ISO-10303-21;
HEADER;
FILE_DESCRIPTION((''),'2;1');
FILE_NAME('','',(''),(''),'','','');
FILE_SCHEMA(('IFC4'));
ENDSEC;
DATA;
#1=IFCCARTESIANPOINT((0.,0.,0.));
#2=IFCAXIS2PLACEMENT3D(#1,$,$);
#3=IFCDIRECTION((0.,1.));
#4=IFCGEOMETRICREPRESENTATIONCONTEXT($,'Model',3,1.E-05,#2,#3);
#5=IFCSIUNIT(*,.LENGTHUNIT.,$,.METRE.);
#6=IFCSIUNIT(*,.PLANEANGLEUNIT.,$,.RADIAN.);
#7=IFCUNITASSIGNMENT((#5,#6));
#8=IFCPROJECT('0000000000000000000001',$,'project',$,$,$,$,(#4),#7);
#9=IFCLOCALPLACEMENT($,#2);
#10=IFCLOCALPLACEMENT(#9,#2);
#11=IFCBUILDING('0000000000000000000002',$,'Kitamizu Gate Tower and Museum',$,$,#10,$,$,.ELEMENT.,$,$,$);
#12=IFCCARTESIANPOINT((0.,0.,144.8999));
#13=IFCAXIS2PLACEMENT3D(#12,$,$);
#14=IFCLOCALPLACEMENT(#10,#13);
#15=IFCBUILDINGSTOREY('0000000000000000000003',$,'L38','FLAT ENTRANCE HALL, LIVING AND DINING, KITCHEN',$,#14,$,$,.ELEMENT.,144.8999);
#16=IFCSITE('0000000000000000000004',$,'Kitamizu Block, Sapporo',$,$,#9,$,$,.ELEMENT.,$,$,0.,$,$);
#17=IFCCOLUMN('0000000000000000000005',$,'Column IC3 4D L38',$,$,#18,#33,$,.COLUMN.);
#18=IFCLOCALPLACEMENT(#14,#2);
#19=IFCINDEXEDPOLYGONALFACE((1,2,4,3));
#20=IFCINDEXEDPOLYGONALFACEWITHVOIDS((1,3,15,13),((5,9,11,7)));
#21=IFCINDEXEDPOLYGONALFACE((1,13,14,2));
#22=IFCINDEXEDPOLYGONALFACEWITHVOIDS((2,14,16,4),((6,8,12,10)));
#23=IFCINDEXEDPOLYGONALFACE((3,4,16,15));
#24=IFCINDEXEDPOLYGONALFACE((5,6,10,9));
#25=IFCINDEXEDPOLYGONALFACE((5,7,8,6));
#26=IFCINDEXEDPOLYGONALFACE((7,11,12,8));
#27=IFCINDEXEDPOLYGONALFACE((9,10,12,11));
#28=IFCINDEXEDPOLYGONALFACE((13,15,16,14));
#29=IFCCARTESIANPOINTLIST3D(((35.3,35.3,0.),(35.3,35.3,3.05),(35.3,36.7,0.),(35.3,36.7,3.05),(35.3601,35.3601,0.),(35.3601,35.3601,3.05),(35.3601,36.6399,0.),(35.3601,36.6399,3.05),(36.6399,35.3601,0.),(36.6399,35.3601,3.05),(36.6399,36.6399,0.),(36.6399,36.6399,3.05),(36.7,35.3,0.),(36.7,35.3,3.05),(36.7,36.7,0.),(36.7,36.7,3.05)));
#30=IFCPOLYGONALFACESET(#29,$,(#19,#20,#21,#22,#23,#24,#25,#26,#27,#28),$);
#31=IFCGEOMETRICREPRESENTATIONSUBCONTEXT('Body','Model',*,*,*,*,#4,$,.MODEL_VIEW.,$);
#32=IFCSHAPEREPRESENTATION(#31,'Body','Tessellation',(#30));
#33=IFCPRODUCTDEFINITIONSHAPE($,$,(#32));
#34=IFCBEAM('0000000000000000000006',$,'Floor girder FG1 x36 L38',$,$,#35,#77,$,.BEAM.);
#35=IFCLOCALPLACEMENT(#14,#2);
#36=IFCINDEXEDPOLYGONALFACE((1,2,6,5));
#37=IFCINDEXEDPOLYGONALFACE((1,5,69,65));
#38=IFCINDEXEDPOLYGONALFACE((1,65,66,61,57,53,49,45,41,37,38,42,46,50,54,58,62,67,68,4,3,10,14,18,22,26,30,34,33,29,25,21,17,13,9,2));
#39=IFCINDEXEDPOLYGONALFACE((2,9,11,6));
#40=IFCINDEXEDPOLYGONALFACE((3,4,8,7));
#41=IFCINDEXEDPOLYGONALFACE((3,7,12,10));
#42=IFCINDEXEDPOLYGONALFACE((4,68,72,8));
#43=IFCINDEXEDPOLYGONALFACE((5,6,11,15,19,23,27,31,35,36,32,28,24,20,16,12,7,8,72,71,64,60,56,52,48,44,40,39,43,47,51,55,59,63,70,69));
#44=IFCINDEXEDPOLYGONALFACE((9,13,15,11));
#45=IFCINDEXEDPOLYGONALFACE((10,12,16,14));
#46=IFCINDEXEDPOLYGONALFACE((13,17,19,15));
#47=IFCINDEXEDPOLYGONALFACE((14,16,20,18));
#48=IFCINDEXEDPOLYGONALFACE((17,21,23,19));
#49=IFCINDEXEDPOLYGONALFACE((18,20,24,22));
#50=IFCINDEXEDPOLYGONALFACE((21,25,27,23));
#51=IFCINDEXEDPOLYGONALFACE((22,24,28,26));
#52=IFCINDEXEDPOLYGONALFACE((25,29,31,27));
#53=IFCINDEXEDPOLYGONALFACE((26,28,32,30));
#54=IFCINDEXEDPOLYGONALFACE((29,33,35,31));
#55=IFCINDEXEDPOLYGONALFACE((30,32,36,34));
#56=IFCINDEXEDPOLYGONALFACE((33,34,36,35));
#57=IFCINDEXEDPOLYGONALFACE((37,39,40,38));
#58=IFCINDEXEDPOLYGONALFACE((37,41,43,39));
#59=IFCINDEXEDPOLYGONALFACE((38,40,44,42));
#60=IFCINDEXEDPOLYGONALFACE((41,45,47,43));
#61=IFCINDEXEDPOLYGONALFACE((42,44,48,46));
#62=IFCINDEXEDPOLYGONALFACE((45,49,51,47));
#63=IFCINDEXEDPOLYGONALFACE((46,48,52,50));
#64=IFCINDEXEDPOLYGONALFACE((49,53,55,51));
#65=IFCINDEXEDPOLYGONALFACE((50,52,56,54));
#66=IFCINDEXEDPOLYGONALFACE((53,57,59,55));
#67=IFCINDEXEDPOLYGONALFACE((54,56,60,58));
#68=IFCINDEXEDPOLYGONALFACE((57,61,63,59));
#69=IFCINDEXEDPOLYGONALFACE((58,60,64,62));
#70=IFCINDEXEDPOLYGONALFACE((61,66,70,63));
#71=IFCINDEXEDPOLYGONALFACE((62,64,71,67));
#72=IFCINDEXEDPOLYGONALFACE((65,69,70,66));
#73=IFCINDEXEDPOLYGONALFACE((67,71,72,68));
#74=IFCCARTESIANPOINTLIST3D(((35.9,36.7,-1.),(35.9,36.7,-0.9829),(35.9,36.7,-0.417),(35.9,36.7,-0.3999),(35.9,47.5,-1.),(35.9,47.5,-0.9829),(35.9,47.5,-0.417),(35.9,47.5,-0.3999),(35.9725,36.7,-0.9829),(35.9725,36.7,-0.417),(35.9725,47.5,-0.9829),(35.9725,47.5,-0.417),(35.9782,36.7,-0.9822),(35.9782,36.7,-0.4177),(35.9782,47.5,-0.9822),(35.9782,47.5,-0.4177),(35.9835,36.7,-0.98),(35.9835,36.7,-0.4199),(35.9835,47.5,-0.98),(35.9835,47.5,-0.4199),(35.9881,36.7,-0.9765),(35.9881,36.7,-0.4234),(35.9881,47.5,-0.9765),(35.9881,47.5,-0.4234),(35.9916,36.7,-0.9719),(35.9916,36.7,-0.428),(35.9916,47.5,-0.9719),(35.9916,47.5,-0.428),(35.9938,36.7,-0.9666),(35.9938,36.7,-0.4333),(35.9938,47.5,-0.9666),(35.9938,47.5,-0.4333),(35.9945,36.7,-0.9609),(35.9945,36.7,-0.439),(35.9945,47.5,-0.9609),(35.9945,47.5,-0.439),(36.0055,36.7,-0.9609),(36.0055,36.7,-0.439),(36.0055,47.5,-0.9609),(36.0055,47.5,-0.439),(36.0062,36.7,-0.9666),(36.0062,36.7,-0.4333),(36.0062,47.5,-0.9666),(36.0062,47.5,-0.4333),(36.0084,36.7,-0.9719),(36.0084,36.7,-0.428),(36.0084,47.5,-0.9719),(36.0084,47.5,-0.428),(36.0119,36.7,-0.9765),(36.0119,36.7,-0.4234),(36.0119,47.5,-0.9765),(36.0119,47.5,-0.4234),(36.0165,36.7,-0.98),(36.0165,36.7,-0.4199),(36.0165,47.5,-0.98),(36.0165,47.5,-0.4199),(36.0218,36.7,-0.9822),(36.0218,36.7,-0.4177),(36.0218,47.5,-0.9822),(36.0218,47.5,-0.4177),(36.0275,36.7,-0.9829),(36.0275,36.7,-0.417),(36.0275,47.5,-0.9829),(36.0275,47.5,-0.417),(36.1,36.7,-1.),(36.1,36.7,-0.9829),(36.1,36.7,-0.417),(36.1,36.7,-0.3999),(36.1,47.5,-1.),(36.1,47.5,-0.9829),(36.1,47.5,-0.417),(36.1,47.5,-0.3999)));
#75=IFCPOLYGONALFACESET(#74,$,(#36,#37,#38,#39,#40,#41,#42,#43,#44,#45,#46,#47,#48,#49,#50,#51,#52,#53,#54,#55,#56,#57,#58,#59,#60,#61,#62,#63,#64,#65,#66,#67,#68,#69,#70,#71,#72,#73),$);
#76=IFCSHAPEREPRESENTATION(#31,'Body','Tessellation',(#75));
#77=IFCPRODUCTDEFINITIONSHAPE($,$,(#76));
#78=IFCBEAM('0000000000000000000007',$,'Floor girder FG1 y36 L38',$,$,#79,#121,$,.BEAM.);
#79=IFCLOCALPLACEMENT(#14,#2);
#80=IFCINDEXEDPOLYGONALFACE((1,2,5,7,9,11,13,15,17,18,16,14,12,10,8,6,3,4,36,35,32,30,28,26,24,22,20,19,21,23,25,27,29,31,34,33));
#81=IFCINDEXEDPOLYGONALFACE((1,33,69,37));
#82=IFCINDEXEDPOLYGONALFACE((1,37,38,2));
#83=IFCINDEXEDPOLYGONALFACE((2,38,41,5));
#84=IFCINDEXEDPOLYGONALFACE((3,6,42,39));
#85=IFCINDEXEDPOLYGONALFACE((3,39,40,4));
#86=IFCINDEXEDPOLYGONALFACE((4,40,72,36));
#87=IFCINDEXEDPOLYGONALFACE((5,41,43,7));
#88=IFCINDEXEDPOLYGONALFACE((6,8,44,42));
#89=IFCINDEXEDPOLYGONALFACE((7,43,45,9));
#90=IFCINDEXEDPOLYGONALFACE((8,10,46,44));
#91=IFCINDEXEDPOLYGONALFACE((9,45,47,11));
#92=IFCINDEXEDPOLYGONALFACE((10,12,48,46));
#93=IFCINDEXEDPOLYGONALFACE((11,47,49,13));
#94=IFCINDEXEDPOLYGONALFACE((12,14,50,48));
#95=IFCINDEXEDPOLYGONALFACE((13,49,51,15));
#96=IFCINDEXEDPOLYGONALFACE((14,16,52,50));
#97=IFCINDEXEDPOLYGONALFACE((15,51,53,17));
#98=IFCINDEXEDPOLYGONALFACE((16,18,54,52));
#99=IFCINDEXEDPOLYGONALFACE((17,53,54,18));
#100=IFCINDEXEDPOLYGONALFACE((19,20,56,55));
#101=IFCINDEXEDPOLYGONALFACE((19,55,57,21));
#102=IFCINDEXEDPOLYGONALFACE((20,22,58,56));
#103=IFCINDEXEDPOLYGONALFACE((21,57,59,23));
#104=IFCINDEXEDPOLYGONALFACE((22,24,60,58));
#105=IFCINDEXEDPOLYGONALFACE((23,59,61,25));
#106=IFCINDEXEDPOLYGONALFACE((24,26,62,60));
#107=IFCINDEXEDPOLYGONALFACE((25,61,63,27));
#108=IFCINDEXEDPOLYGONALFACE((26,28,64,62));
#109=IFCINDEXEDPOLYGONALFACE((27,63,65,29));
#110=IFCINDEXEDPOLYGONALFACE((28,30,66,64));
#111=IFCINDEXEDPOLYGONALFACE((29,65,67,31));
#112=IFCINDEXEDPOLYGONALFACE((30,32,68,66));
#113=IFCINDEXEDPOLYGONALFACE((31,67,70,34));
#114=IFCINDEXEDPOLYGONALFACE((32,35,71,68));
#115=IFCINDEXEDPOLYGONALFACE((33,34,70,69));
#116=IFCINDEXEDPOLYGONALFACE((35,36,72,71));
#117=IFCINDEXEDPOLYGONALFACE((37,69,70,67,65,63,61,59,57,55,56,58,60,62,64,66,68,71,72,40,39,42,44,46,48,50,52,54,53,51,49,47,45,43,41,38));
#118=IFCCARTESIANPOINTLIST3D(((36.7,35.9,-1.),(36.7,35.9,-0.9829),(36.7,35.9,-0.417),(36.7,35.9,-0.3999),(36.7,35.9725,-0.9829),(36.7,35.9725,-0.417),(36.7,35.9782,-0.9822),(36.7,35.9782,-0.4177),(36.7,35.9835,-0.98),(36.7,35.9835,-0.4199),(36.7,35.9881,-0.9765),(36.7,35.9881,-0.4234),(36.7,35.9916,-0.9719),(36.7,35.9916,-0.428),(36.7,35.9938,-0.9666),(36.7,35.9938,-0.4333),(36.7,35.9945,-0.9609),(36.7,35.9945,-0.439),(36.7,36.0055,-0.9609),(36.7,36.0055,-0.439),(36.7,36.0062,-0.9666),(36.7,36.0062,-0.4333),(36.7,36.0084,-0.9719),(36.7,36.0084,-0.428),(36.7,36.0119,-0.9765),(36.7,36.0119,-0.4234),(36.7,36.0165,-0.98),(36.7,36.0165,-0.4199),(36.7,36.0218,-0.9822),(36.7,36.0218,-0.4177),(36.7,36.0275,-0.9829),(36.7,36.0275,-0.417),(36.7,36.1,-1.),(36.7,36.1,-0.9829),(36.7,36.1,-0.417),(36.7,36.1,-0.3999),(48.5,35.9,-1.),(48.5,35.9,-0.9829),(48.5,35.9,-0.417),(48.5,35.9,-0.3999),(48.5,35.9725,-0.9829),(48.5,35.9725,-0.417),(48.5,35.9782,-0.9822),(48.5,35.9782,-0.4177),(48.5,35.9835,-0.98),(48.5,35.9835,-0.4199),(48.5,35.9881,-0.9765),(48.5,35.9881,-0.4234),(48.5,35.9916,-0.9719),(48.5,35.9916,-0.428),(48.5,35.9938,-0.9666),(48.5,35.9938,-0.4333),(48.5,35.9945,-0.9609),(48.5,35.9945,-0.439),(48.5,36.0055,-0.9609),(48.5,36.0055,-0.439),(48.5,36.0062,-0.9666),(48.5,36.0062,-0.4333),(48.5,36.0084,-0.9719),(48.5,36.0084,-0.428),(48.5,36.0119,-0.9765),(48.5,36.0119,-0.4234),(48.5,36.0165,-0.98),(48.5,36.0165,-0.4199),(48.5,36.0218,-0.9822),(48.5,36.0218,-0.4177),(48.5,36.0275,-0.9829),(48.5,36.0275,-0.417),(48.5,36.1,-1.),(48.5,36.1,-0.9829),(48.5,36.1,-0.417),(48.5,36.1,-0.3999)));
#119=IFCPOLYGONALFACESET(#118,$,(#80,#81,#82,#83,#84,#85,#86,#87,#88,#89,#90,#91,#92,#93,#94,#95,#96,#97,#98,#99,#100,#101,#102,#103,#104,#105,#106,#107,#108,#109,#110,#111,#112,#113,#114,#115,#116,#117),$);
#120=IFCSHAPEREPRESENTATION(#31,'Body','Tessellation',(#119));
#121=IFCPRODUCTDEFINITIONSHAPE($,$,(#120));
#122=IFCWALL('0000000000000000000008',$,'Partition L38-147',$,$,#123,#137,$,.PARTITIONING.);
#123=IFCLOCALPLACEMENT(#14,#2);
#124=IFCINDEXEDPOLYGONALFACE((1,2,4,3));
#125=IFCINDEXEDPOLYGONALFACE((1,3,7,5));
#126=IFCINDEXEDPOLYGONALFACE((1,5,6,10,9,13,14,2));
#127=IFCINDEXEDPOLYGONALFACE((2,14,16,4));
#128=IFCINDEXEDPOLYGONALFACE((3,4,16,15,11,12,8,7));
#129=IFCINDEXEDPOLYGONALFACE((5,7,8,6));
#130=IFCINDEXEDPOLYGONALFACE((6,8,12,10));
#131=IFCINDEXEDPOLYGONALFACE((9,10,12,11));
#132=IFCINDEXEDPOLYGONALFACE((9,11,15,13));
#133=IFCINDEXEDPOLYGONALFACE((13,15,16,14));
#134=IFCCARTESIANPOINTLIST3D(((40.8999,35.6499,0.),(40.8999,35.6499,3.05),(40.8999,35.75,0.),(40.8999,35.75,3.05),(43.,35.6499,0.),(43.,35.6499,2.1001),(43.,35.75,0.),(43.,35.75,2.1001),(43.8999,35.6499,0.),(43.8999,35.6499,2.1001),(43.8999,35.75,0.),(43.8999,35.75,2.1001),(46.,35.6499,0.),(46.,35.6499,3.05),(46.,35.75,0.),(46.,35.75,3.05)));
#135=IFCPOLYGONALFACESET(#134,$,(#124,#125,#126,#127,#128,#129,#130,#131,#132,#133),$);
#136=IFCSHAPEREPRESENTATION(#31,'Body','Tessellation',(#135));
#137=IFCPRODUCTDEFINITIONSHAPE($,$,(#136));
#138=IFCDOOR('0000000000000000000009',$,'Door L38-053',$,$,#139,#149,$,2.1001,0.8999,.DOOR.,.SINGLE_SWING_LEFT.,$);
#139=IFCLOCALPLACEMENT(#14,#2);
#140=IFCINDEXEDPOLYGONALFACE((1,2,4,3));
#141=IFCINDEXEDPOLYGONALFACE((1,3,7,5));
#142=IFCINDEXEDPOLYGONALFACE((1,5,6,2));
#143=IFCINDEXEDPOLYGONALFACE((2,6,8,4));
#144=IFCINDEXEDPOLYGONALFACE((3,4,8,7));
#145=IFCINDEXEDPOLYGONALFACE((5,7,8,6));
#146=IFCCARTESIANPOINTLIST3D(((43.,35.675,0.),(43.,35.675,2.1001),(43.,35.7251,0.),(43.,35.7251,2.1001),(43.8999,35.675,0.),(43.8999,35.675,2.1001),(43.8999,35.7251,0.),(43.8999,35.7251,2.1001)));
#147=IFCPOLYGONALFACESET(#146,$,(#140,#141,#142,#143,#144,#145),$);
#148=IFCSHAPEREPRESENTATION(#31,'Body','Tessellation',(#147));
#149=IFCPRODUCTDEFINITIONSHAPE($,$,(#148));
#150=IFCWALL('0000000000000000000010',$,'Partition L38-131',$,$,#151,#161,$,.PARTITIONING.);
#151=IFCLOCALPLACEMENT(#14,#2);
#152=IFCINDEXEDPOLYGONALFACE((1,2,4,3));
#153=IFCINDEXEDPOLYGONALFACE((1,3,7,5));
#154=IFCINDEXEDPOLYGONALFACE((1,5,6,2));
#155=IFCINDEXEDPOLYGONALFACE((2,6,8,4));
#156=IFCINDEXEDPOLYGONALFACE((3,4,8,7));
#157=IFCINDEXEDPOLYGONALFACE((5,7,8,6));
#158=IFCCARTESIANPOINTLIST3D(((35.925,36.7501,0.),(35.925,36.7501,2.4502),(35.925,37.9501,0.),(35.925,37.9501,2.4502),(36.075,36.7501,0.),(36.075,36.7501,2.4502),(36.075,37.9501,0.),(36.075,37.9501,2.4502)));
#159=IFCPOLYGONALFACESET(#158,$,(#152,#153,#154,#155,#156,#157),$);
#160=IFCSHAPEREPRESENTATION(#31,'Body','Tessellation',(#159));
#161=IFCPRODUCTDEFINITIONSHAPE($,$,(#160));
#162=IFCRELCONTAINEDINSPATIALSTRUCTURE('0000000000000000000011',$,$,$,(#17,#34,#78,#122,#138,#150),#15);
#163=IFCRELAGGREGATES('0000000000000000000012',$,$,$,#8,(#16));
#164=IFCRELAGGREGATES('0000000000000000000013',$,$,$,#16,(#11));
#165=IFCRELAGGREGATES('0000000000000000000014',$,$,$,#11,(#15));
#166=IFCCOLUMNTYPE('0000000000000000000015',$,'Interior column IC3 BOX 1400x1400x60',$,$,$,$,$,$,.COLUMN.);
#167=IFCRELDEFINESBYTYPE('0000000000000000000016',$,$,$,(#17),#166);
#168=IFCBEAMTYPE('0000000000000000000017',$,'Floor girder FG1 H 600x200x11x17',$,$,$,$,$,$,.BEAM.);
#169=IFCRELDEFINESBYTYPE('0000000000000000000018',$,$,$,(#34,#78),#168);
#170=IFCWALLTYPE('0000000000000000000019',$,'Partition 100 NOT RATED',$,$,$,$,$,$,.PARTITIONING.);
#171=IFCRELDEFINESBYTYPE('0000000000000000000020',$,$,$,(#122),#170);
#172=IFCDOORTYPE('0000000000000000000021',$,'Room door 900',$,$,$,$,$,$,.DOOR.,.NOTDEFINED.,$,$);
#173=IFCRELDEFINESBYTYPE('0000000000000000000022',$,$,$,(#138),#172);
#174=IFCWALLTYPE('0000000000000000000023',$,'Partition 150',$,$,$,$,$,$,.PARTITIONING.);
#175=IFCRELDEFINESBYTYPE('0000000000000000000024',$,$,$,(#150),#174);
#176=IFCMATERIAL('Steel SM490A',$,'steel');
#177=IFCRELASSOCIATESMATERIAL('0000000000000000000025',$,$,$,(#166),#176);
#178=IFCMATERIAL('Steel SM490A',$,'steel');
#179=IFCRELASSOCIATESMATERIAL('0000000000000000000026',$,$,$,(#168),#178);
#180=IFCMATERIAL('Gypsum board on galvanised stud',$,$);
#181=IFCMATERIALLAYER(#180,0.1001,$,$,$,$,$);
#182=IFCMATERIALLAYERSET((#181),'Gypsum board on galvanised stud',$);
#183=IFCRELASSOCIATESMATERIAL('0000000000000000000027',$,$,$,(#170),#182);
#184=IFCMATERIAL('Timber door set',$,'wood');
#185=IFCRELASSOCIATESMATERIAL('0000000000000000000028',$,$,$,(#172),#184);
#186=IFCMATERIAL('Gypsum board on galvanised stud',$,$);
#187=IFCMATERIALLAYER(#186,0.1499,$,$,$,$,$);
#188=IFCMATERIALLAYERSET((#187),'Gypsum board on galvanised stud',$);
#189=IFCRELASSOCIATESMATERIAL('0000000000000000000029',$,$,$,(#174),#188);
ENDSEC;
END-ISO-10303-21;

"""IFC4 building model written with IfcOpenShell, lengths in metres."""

from ifc_helpers import new_model, si_unit, direction, frame, frame_2d, origin, origin_2d, place, context, subcontext, project, spatial, rectangle, hollow_rectangle, i_section, extrude, material, layer, layer_set, material_profile, profile_set, type_object, element, fill, save


model = new_model("IFC4")

# Units and contexts
model_context = context("Model", 3, precision=1e-05, world=origin(), true_north=direction((0.0, 1.0)))
body_context = subcontext(model_context, "Body", "Model", "MODEL_VIEW")
ifc_project = project(units=[si_unit("LENGTHUNIT", "METRE"), si_unit("PLANEANGLEUNIT", "RADIAN")], contexts=[model_context])

# Site, building, storey
site_placement = place(None, origin())
site = spatial("IfcSite", under=ifc_project, at=site_placement, Name="Kitamizu Block, Sapporo", CompositionType="ELEMENT", RefElevation=0.0)
building_placement = place(site_placement, origin())
building = spatial("IfcBuilding", under=site, at=building_placement, Name="Kitamizu Gate Tower and Museum", CompositionType="ELEMENT")
storey_placement = place(building_placement, frame((0.0, 0.0, 144.8999)))
storey = spatial("IfcBuildingStorey", under=building, at=storey_placement, Name="L38", Description="FLAT ENTRANCE HALL, LIVING AND DINING, KITCHEN", CompositionType="ELEMENT", Elevation=144.8999)

# Column
ifc_material_1 = material(Name="Steel SM490A", Category="steel")
ifc_material_profile_1 = material_profile(ifc_material_1, hollow_rectangle(XDim=1.3999, YDim=1.3999, WallThickness=0.0601, at=origin_2d()), Name="BOX 1400x1400x60")
ifc_profile_set_1 = profile_set([ifc_material_profile_1], Name="Steel SM490A")
column_type = type_object("IfcColumnType", Name="Interior column IC3 BOX 1400x1400x60", PredefinedType="COLUMN", material=ifc_profile_set_1)
column_placement = place(storey_placement, frame((36.0, 36.0, 0.0), z_axis=(0.0, 0.0, 1.0), x_axis=(1.0, 0.0, 0.0)))
element("IfcColumn", 1, at=column_placement, inside=storey, type_object=column_type, Name="Column IC3 4D L38", PredefinedType="COLUMN", context=body_context, shape_type="SweptSolid", body=[
    extrude(hollow_rectangle(XDim=1.3999, YDim=1.3999, WallThickness=0.0601, at=origin_2d()), origin(), (0.0, 0.0, 1.0), 3.05),
])

# Beams
ifc_material_2 = material(Name="Steel SM490A", Category="steel")
ifc_material_profile_2 = material_profile(ifc_material_2, i_section(OverallWidth=0.2, OverallDepth=0.6001, WebThickness=0.011, FlangeThickness=0.0171, FilletRadius=0.022, at=origin_2d()), Name="H-600x200x11x17")
ifc_profile_set_2 = profile_set([ifc_material_profile_2], Name="Steel SM490A")
beam_type = type_object("IfcBeamType", Name="Floor girder FG1 H 600x200x11x17", PredefinedType="BEAM", material=ifc_profile_set_2)
beam_1_placement = place(storey_placement, frame((36.0, 36.7, -0.7), z_axis=(0.0, 1.0, 0.0), x_axis=(-1.0, 0.0, 0.0)))
element("IfcBeam", 2, at=beam_1_placement, inside=storey, type_object=beam_type, Name="Floor girder FG1 x36 L38", PredefinedType="BEAM", context=body_context, shape_type="SweptSolid", body=[
    extrude(i_section(OverallWidth=0.2, OverallDepth=0.6001, WebThickness=0.011, FlangeThickness=0.0171, FilletRadius=0.022, at=origin_2d()), origin(), (0.0, 0.0, 1.0), 10.8),
])
beam_2_placement = place(storey_placement, frame((36.7, 36.0, -0.7), z_axis=(1.0, 0.0, 0.0), x_axis=(0.0, 1.0, 0.0)))
element("IfcBeam", 3, at=beam_2_placement, inside=storey, type_object=beam_type, Name="Floor girder FG1 y36 L38", PredefinedType="BEAM", context=body_context, shape_type="SweptSolid", body=[
    extrude(i_section(OverallWidth=0.2, OverallDepth=0.6001, WebThickness=0.011, FlangeThickness=0.0171, FilletRadius=0.022, at=origin_2d()), origin(), (0.0, 0.0, 1.0), 11.8),
])

# Wall, opening, door
ifc_material_3 = material(Name="Gypsum board on galvanised stud")
ifc_layer_1 = layer(ifc_material_3, 0.1001)
ifc_layer_set_1 = layer_set([ifc_layer_1], Name="Gypsum board on galvanised stud")
wall_type_1 = type_object("IfcWallType", Name="Partition 100 NOT RATED", PredefinedType="PARTITIONING", material=ifc_layer_set_1)
wall_1_placement = place(storey_placement, frame((40.8999, 35.7, 0.0), z_axis=(0.0, 0.0, 1.0), x_axis=(1.0, 0.0, 0.0)))
wall_1 = element("IfcWall", 4, at=wall_1_placement, inside=storey, type_object=wall_type_1, Name="Partition L38-147", PredefinedType="PARTITIONING", context=body_context, shape_type="SweptSolid", body=[
    extrude(rectangle(XDim=5.1001, YDim=0.1001, at=frame_2d((2.55, 0.0))), origin(), (0.0, 0.0, 1.0), 3.05),
])
opening_1_placement = place(wall_1_placement, frame((2.1001, 0.0, 0.0)))
opening_1 = element("IfcOpeningElement", 5, at=opening_1_placement, cuts=wall_1, PredefinedType="OPENING", context=body_context, shape_type="SweptSolid", body=[
    extrude(rectangle(XDim=0.8999, YDim=2.1001, at=frame_2d((0.45, 1.05))), frame((0.0, 0.0601, 0.0), z_axis=(0.0, -1.0, 0.0), x_axis=(1.0, 0.0, 0.0)), (0.0, 0.0, 1.0), 0.1201),
])
ifc_material_4 = material(Name="Timber door set", Category="wood")
door_type_1 = type_object("IfcDoorType", Name="Room door 900", OperationType="NOTDEFINED", PredefinedType="DOOR", material=ifc_material_4)
door_1_placement = place(opening_1_placement, frame((0.8999, 0.0, 0.0), x_axis=(-1.0, 0.0, 0.0)))
door_1 = element("IfcDoor", 6, at=door_1_placement, inside=storey, type_object=door_type_1, Name="Door L38-053", OperationType="SINGLE_SWING_LEFT", OverallHeight=2.1001, OverallWidth=0.8999, PredefinedType="DOOR", context=body_context, shape_type="SweptSolid", body=[
    extrude(rectangle(XDim=0.8999, YDim=2.1001, at=frame_2d((0.45, 1.05))), frame((0.0, 0.0249, 0.0), z_axis=(0.0, -1.0, 0.0), x_axis=(1.0, 0.0, 0.0)), (0.0, 0.0, 1.0), 0.05),
])
fill(opening_1, door_1)

# Wall
ifc_material_5 = material(Name="Gypsum board on galvanised stud")
ifc_layer_2 = layer(ifc_material_5, 0.1499)
ifc_layer_set_2 = layer_set([ifc_layer_2], Name="Gypsum board on galvanised stud")
wall_type_2 = type_object("IfcWallType", Name="Partition 150", PredefinedType="PARTITIONING", material=ifc_layer_set_2)
wall_2_placement = place(storey_placement, frame((36.0, 36.75, 0.0), z_axis=(0.0, 0.0, 1.0), x_axis=(0.0, 1.0, 0.0)))
element("IfcWall", 7, at=wall_2_placement, inside=storey, type_object=wall_type_2, Name="Partition L38-131", PredefinedType="PARTITIONING", context=body_context, shape_type="SweptSolid", body=[
    extrude(rectangle(XDim=1.2, YDim=0.1499, at=frame_2d((0.6001, 0.0))), origin(), (0.0, 0.0, 1.0), 2.4502),
])

save(model, "model.ifc")
